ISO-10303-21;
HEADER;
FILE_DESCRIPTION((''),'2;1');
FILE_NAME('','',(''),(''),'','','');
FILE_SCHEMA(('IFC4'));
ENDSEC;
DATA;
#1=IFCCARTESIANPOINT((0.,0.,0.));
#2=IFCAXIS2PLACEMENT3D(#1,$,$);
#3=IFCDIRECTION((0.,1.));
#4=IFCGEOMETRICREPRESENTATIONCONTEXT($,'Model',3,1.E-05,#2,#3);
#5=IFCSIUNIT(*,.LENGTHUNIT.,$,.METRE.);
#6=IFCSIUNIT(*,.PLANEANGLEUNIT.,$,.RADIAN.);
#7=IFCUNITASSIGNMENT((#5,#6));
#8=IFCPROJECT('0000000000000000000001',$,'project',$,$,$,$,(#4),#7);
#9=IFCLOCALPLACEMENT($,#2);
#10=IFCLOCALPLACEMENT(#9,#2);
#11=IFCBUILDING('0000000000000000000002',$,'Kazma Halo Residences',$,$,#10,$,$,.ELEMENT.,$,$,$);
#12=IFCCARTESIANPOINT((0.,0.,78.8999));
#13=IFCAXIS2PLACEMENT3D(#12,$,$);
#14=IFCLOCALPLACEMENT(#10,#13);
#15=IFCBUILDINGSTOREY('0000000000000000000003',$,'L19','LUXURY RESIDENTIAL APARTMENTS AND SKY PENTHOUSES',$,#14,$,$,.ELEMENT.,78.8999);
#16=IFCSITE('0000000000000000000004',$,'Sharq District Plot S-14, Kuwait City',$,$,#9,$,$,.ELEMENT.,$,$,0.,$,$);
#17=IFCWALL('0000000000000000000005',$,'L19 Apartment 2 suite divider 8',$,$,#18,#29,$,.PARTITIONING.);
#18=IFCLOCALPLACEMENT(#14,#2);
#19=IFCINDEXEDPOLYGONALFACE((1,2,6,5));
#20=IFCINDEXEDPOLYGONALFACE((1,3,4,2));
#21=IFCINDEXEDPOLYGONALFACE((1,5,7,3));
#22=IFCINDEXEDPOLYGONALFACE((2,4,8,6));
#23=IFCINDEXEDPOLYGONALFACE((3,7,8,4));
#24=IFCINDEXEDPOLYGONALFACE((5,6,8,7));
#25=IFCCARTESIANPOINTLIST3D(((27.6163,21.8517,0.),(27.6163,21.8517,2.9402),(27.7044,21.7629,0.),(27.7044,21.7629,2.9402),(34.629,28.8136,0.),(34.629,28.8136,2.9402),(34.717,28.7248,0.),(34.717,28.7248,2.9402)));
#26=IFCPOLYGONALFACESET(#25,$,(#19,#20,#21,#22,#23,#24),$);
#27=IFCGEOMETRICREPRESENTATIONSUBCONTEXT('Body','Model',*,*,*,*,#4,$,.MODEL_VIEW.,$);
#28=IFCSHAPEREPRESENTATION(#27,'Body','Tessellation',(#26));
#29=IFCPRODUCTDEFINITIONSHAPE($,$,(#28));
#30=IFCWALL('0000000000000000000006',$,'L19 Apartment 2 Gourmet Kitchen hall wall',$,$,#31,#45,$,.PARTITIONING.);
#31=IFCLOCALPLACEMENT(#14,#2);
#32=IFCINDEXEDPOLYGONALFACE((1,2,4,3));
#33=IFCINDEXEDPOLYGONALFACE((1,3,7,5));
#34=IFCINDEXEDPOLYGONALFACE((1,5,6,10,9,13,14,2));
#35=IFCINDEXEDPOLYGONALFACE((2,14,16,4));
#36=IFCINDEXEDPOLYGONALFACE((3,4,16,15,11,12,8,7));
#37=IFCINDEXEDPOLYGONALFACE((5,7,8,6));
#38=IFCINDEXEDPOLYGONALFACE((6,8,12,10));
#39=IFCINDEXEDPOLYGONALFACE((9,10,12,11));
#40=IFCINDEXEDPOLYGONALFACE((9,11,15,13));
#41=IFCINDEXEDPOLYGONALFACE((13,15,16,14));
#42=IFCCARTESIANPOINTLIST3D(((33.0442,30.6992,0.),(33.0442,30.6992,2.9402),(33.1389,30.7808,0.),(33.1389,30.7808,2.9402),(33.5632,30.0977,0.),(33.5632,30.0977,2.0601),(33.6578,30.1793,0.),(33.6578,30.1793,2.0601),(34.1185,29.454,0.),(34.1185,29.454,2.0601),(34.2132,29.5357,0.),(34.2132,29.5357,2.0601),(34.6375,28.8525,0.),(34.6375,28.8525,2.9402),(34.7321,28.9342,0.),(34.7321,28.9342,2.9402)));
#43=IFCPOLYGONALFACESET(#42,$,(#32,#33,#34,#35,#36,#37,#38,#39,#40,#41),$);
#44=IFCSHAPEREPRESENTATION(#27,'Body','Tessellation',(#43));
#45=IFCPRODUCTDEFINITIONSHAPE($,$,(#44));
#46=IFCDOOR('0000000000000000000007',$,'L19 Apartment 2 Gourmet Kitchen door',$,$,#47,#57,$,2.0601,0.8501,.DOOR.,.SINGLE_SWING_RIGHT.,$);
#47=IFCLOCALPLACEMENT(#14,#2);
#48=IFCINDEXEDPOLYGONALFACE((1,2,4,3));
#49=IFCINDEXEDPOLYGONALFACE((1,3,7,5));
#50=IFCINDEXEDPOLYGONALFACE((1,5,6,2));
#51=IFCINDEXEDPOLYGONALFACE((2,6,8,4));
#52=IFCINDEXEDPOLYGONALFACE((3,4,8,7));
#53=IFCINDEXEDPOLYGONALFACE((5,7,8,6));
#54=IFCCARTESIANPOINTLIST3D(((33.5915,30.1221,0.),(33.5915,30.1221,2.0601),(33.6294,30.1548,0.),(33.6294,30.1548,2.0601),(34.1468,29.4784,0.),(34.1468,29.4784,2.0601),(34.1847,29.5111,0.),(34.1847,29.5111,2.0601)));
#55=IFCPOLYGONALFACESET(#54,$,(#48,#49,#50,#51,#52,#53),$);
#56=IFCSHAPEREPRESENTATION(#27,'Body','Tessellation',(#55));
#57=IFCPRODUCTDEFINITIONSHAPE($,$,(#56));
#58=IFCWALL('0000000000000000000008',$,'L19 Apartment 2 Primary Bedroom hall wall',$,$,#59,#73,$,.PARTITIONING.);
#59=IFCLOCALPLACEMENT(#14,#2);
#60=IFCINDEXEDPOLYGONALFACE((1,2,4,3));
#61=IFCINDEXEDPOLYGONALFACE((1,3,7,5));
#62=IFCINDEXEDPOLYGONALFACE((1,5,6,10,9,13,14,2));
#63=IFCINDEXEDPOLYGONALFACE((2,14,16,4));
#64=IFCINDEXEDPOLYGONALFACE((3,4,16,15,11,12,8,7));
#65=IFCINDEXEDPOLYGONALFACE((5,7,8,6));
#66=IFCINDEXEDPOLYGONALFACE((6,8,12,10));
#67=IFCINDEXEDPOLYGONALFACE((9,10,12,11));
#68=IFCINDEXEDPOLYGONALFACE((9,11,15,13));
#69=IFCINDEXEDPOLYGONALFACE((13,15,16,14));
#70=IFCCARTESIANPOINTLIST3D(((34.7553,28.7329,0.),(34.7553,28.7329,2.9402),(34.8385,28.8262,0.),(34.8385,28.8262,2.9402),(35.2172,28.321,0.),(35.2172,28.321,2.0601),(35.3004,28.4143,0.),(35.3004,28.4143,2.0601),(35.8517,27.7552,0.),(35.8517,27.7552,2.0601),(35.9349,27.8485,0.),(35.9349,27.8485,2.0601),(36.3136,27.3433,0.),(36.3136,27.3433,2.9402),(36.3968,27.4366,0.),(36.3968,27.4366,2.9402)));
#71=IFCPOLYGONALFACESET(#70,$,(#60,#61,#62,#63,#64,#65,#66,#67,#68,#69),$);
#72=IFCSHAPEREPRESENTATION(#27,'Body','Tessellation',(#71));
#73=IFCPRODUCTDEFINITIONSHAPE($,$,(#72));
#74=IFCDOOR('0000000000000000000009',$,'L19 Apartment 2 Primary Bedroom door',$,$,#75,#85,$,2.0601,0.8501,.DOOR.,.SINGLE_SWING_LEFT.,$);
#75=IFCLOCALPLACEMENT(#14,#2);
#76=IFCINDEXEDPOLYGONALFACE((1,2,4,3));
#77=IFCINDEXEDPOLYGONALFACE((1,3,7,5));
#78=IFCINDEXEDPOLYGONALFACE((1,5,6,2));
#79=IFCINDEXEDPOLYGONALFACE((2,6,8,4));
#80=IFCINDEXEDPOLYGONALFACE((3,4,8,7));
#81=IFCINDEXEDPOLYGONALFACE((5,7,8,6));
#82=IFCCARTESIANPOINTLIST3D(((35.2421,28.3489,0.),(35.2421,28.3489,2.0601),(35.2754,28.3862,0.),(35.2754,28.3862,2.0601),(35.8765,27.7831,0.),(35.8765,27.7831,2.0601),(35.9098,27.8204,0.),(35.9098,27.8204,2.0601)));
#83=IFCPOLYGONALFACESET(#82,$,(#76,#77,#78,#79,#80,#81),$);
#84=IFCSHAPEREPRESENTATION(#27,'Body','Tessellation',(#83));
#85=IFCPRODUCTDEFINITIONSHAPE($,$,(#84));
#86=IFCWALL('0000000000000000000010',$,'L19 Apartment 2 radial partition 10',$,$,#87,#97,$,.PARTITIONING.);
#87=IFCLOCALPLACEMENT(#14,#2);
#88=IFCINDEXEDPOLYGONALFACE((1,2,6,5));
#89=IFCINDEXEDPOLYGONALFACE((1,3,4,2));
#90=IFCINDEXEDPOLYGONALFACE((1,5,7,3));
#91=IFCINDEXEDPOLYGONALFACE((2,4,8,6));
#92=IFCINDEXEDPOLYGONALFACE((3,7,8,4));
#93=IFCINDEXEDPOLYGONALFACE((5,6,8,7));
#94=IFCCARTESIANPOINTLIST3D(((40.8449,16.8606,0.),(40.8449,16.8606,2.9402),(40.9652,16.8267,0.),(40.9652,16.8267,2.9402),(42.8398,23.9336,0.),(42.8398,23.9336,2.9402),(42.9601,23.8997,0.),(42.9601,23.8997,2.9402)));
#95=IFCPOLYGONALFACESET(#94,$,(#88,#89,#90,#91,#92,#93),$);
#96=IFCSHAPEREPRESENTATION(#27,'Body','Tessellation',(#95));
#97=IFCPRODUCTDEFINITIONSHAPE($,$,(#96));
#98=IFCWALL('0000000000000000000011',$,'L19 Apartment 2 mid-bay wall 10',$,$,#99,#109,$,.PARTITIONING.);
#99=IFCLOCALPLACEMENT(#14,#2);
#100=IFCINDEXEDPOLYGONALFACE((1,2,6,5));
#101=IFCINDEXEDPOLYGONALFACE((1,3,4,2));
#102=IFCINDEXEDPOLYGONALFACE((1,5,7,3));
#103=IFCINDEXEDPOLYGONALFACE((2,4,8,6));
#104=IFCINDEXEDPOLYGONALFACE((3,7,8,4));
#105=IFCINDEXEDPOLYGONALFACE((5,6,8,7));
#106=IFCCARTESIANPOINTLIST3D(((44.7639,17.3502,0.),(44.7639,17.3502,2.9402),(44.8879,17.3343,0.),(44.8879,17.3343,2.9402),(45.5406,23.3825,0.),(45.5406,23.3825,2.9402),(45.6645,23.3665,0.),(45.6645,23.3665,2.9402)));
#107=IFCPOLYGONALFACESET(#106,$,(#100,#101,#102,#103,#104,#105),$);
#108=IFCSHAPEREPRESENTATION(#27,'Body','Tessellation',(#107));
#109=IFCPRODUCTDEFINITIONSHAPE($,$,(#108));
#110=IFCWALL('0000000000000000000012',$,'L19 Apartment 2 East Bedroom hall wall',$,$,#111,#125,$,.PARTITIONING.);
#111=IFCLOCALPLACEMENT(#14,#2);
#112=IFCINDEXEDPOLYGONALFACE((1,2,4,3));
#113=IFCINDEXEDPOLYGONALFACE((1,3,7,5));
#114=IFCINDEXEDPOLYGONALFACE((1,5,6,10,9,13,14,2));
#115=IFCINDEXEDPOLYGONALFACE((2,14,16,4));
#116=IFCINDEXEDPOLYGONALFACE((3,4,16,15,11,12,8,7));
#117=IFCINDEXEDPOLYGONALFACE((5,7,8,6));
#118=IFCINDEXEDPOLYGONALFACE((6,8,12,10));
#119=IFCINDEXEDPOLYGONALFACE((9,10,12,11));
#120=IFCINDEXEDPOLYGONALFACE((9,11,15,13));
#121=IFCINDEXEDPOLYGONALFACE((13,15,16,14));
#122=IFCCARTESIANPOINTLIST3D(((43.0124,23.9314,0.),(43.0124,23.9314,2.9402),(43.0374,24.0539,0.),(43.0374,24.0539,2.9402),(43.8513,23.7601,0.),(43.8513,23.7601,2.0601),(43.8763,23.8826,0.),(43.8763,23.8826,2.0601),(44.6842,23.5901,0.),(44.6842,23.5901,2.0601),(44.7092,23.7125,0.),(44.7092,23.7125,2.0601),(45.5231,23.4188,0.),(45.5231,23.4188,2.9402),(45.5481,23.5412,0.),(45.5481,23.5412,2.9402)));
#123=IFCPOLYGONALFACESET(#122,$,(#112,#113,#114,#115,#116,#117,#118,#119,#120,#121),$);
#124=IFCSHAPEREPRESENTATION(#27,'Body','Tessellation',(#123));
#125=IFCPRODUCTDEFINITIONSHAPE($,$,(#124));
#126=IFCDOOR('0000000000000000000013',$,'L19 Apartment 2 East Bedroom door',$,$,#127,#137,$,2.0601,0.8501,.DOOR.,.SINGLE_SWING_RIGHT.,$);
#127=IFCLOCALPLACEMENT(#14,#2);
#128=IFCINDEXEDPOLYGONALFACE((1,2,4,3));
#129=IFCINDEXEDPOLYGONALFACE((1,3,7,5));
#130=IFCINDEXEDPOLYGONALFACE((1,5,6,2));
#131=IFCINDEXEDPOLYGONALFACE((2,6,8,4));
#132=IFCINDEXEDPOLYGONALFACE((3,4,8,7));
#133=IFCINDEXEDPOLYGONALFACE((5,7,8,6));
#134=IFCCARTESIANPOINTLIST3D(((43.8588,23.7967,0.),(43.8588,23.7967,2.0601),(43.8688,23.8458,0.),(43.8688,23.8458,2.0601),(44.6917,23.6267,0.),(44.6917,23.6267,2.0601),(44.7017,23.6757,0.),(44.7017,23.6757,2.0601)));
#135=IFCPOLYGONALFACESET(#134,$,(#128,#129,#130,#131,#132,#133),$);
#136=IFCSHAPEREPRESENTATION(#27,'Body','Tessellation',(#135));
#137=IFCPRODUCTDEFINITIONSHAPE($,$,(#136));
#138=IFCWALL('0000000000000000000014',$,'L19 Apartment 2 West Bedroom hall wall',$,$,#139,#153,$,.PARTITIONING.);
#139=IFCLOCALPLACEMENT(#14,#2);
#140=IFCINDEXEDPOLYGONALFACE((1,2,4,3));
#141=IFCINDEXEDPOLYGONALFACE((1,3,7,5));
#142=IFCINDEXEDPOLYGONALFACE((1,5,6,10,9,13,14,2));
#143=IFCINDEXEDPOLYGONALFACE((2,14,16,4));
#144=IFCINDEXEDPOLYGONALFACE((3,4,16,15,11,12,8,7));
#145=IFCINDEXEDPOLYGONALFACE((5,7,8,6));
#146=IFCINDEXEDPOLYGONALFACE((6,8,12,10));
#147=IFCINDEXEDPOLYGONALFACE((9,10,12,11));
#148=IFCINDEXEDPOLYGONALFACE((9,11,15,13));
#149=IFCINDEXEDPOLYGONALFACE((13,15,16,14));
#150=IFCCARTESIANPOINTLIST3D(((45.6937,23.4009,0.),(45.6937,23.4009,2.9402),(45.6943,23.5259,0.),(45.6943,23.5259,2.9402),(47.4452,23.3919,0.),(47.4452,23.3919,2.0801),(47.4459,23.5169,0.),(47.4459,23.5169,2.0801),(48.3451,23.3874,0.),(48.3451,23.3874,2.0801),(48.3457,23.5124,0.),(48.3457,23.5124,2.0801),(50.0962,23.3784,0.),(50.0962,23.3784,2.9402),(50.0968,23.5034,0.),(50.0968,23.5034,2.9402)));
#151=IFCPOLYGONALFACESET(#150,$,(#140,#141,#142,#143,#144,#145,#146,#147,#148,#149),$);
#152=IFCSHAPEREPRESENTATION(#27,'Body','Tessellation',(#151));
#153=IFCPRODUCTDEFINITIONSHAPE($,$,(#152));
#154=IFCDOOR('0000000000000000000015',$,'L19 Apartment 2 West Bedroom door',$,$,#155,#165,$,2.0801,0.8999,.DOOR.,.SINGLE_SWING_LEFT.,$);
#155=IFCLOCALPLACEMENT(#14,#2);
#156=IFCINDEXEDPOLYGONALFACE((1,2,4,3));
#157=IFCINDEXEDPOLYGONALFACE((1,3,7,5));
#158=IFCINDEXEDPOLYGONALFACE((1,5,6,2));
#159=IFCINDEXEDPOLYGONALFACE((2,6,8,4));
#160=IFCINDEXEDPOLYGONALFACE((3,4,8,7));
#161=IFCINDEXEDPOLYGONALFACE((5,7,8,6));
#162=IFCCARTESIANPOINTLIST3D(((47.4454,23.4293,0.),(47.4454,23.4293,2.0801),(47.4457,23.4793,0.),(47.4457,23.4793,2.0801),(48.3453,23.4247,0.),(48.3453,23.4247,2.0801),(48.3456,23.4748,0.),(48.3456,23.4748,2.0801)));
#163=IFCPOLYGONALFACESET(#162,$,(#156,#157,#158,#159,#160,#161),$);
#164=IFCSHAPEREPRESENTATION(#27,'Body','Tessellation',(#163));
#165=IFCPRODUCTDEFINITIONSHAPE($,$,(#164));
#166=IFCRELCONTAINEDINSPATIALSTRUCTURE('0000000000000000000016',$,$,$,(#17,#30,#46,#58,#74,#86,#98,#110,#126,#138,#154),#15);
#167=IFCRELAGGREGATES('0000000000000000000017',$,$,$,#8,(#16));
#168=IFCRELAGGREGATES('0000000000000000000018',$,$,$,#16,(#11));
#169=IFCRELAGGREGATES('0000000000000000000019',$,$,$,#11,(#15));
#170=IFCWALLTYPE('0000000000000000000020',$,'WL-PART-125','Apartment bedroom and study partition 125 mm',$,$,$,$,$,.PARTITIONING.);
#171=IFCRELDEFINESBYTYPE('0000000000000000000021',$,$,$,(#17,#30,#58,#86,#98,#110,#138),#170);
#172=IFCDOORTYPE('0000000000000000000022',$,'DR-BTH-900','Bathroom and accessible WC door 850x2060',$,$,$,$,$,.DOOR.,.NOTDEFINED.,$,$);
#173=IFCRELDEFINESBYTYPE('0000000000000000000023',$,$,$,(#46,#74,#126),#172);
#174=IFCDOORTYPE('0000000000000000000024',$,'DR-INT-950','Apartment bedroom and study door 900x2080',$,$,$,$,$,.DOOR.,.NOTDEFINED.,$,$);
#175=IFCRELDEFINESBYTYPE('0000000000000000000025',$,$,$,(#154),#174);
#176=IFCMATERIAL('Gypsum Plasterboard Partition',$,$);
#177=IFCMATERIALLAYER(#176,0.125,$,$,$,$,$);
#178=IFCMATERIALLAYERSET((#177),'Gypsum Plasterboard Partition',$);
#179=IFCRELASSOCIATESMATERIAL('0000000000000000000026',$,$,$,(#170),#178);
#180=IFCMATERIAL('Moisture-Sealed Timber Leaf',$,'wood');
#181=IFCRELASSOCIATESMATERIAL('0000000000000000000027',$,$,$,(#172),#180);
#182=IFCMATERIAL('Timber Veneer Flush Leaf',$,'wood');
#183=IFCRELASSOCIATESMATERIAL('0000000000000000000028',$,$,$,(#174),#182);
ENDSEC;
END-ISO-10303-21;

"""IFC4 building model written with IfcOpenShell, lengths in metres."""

from ifc_helpers import new_model, si_unit, direction, frame, frame_2d, origin, place, context, subcontext, project, spatial, rectangle, extrude, material, layer, layer_set, type_object, element, fill, save


model = new_model("IFC4")

# Units and contexts
model_context = context("Model", 3, precision=1e-05, world=origin(), true_north=direction((0.0, 1.0)))
body_context = subcontext(model_context, "Body", "Model", "MODEL_VIEW")
ifc_project = project(units=[si_unit("LENGTHUNIT", "METRE"), si_unit("PLANEANGLEUNIT", "RADIAN")], contexts=[model_context])

# Site, building, storey
site_placement = place(None, origin())
site = spatial("IfcSite", under=ifc_project, at=site_placement, Name="Sharq District Plot S-14, Kuwait City", CompositionType="ELEMENT", RefElevation=0.0)
building_placement = place(site_placement, origin())
building = spatial("IfcBuilding", under=site, at=building_placement, Name="Kazma Halo Residences", CompositionType="ELEMENT")
storey_placement = place(building_placement, frame((0.0, 0.0, 78.8999)))
storey = spatial("IfcBuildingStorey", under=building, at=storey_placement, Name="L19", Description="LUXURY RESIDENTIAL APARTMENTS AND SKY PENTHOUSES", CompositionType="ELEMENT", Elevation=78.8999)

# Wall
ifc_material_1 = material(Name="Gypsum Plasterboard Partition")
ifc_layer_1 = layer(ifc_material_1, 0.125)
ifc_layer_set_1 = layer_set([ifc_layer_1], Name="Gypsum Plasterboard Partition")
wall_type_1 = type_object("IfcWallType", Name="WL-PART-125", Description="Apartment bedroom and study partition 125 mm", PredefinedType="PARTITIONING", material=ifc_layer_set_1)
wall_1_placement = place(storey_placement, frame((34.6731, 28.7693, 0.0), z_axis=(0.0, 0.0, 1.0), x_axis=(-0.709672, -0.704533, 0.0)))
element("IfcWall", 1, at=wall_1_placement, inside=storey, type_object=wall_type_1, Name="L19 Apartment 2 suite divider 8", PredefinedType="PARTITIONING", context=body_context, shape_type="SweptSolid", body=[
    extrude(rectangle(XDim=9.8816, YDim=0.125, at=frame_2d((4.9409, 0.0))), origin(), (0.0, 0.0, 1.0), 2.9402),
])

# Walls, openings, doors
wall_2_placement = place(storey_placement, frame((33.0916, 30.74, 0.0), z_axis=(0.0, 0.0, 1.0), x_axis=(0.653245, -0.757147, 0.0)))
wall_2 = element("IfcWall", 2, at=wall_2_placement, inside=storey, type_object=wall_type_1, Name="L19 Apartment 2 Gourmet Kitchen hall wall", PredefinedType="PARTITIONING", context=body_context, shape_type="SweptSolid", body=[
    extrude(rectangle(XDim=2.439, YDim=0.125, at=frame_2d((1.2195, 0.0))), origin(), (0.0, 0.0, 1.0), 2.9402),
])
opening_1_placement = place(wall_2_placement, frame((0.7944, 0.0, 0.0)))
opening_1 = element("IfcOpeningElement", 3, at=opening_1_placement, cuts=wall_2, PredefinedType="OPENING", context=body_context, shape_type="SweptSolid", body=[
    extrude(rectangle(XDim=0.8501, YDim=2.0601, at=frame_2d((0.425, 1.03))), frame((0.0, 0.0725, 0.0), z_axis=(0.0, -1.0, 0.0), x_axis=(1.0, 0.0, 0.0)), (0.0, 0.0, 1.0), 0.145),
])
ifc_material_2 = material(Name="Moisture-Sealed Timber Leaf", Category="wood")
door_type_1 = type_object("IfcDoorType", Name="DR-BTH-900", Description="Bathroom and accessible WC door 850x2060", OperationType="NOTDEFINED", PredefinedType="DOOR", material=ifc_material_2)
door_1_placement = place(opening_1_placement, origin())
door_1 = element("IfcDoor", 4, at=door_1_placement, inside=storey, type_object=door_type_1, Name="L19 Apartment 2 Gourmet Kitchen door", OperationType="SINGLE_SWING_RIGHT", OverallHeight=2.0601, OverallWidth=0.8501, PredefinedType="DOOR", context=body_context, shape_type="SweptSolid", body=[
    extrude(rectangle(XDim=0.8501, YDim=2.0601, at=frame_2d((0.425, 1.03))), frame((0.0, 0.0249, 0.0), z_axis=(0.0, -1.0, 0.0), x_axis=(1.0, 0.0, 0.0)), (0.0, 0.0, 1.0), 0.05),
])
fill(opening_1, door_1)
wall_3_placement = place(storey_placement, frame((34.7969, 28.7795, 0.0), z_axis=(0.0, 0.0, 1.0), x_axis=(0.74635, -0.665553, 0.0)))
wall_3 = element("IfcWall", 5, at=wall_3_placement, inside=storey, type_object=wall_type_1, Name="L19 Apartment 2 Primary Bedroom hall wall", PredefinedType="PARTITIONING", context=body_context, shape_type="SweptSolid", body=[
    extrude(rectangle(XDim=2.0879, YDim=0.125, at=frame_2d((1.0439, 0.0))), origin(), (0.0, 0.0, 1.0), 2.9402),
])
opening_2_placement = place(wall_3_placement, frame((0.6189, 0.0, 0.0)))
opening_2 = element("IfcOpeningElement", 6, at=opening_2_placement, cuts=wall_3, PredefinedType="OPENING", context=body_context, shape_type="SweptSolid", body=[
    extrude(rectangle(XDim=0.8501, YDim=2.0601, at=frame_2d((0.425, 1.03))), frame((0.0, 0.0725, 0.0), z_axis=(0.0, -1.0, 0.0), x_axis=(1.0, 0.0, 0.0)), (0.0, 0.0, 1.0), 0.145),
])
door_2_placement = place(opening_2_placement, origin())
door_2 = element("IfcDoor", 7, at=door_2_placement, inside=storey, type_object=door_type_1, Name="L19 Apartment 2 Primary Bedroom door", OperationType="SINGLE_SWING_LEFT", OverallHeight=2.0601, OverallWidth=0.8501, PredefinedType="DOOR", context=body_context, shape_type="SweptSolid", body=[
    extrude(rectangle(XDim=0.8501, YDim=2.0601, at=frame_2d((0.425, 1.03))), frame((0.0, 0.0249, 0.0), z_axis=(0.0, -1.0, 0.0), x_axis=(1.0, 0.0, 0.0)), (0.0, 0.0, 1.0), 0.05),
])
fill(opening_2, door_2)

# Walls
wall_4_placement = place(storey_placement, frame((42.8999, 23.9165, 0.0), z_axis=(0.0, 0.0, 1.0), x_axis=(-0.271451, -0.962452, 0.0)))
element("IfcWall", 8, at=wall_4_placement, inside=storey, type_object=wall_type_1, Name="L19 Apartment 2 radial partition 10", PredefinedType="PARTITIONING", context=body_context, shape_type="SweptSolid", body=[
    extrude(rectangle(XDim=7.3489, YDim=0.125, at=frame_2d((3.6743, 0.0))), origin(), (0.0, 0.0, 1.0), 2.9402),
])
wall_5_placement = place(storey_placement, frame((45.6025, 23.3745, 0.0), z_axis=(0.0, 0.0, 1.0), x_axis=(-0.12769, -0.991814, 0.0)))
element("IfcWall", 9, at=wall_5_placement, inside=storey, type_object=wall_type_1, Name="L19 Apartment 2 mid-bay wall 10", PredefinedType="PARTITIONING", context=body_context, shape_type="SweptSolid", body=[
    extrude(rectangle(XDim=6.082, YDim=0.125, at=frame_2d((3.041, 0.0))), origin(), (0.0, 0.0, 1.0), 2.9402),
])

# Walls, openings, doors
wall_6_placement = place(storey_placement, frame((43.0249, 23.9927, 0.0), z_axis=(0.0, 0.0, 1.0), x_axis=(0.979781, -0.200072, 0.0)))
wall_6 = element("IfcWall", 10, at=wall_6_placement, inside=storey, type_object=wall_type_1, Name="L19 Apartment 2 East Bedroom hall wall", PredefinedType="PARTITIONING", context=body_context, shape_type="SweptSolid", body=[
    extrude(rectangle(XDim=2.5625, YDim=0.125, at=frame_2d((1.2812, 0.0))), origin(), (0.0, 0.0, 1.0), 2.9402),
])
opening_3_placement = place(wall_6_placement, frame((0.8562, 0.0, 0.0)))
opening_3 = element("IfcOpeningElement", 11, at=opening_3_placement, cuts=wall_6, PredefinedType="OPENING", context=body_context, shape_type="SweptSolid", body=[
    extrude(rectangle(XDim=0.8501, YDim=2.0601, at=frame_2d((0.425, 1.03))), frame((0.0, 0.0725, 0.0), z_axis=(0.0, -1.0, 0.0), x_axis=(1.0, 0.0, 0.0)), (0.0, 0.0, 1.0), 0.145),
])
door_3_placement = place(opening_3_placement, origin())
door_3 = element("IfcDoor", 12, at=door_3_placement, inside=storey, type_object=door_type_1, Name="L19 Apartment 2 East Bedroom door", OperationType="SINGLE_SWING_RIGHT", OverallHeight=2.0601, OverallWidth=0.8501, PredefinedType="DOOR", context=body_context, shape_type="SweptSolid", body=[
    extrude(rectangle(XDim=0.8501, YDim=2.0601, at=frame_2d((0.425, 1.03))), frame((0.0, 0.0249, 0.0), z_axis=(0.0, -1.0, 0.0), x_axis=(1.0, 0.0, 0.0)), (0.0, 0.0, 1.0), 0.05),
])
fill(opening_3, door_3)
wall_7_placement = place(storey_placement, frame((45.6941, 23.4634, 0.0), z_axis=(0.0, 0.0, 1.0), x_axis=(0.999987, -0.005102, 0.0)))
wall_7 = element("IfcWall", 13, at=wall_7_placement, inside=storey, type_object=wall_type_1, Name="L19 Apartment 2 West Bedroom hall wall", PredefinedType="PARTITIONING", context=body_context, shape_type="SweptSolid", body=[
    extrude(rectangle(XDim=4.4026, YDim=0.125, at=frame_2d((2.2012, 0.0))), origin(), (0.0, 0.0, 1.0), 2.9402),
])
opening_4_placement = place(wall_7_placement, frame((1.7515, 0.0, 0.0)))
opening_4 = element("IfcOpeningElement", 14, at=opening_4_placement, cuts=wall_7, PredefinedType="OPENING", context=body_context, shape_type="SweptSolid", body=[
    extrude(rectangle(XDim=0.8999, YDim=2.0801, at=frame_2d((0.45, 1.04))), frame((0.0, 0.0725, 0.0), z_axis=(0.0, -1.0, 0.0), x_axis=(1.0, 0.0, 0.0)), (0.0, 0.0, 1.0), 0.145),
])
ifc_material_3 = material(Name="Timber Veneer Flush Leaf", Category="wood")
door_type_2 = type_object("IfcDoorType", Name="DR-INT-950", Description="Apartment bedroom and study door 900x2080", OperationType="NOTDEFINED", PredefinedType="DOOR", material=ifc_material_3)
door_4_placement = place(opening_4_placement, origin())
door_4 = element("IfcDoor", 15, at=door_4_placement, inside=storey, type_object=door_type_2, Name="L19 Apartment 2 West Bedroom door", OperationType="SINGLE_SWING_LEFT", OverallHeight=2.0801, OverallWidth=0.8999, PredefinedType="DOOR", context=body_context, shape_type="SweptSolid", body=[
    extrude(rectangle(XDim=0.8999, YDim=2.0801, at=frame_2d((0.45, 1.04))), frame((0.0, 0.0249, 0.0), z_axis=(0.0, -1.0, 0.0), x_axis=(1.0, 0.0, 0.0)), (0.0, 0.0, 1.0), 0.05),
])
fill(opening_4, door_4)

save(model, "model.ifc")
